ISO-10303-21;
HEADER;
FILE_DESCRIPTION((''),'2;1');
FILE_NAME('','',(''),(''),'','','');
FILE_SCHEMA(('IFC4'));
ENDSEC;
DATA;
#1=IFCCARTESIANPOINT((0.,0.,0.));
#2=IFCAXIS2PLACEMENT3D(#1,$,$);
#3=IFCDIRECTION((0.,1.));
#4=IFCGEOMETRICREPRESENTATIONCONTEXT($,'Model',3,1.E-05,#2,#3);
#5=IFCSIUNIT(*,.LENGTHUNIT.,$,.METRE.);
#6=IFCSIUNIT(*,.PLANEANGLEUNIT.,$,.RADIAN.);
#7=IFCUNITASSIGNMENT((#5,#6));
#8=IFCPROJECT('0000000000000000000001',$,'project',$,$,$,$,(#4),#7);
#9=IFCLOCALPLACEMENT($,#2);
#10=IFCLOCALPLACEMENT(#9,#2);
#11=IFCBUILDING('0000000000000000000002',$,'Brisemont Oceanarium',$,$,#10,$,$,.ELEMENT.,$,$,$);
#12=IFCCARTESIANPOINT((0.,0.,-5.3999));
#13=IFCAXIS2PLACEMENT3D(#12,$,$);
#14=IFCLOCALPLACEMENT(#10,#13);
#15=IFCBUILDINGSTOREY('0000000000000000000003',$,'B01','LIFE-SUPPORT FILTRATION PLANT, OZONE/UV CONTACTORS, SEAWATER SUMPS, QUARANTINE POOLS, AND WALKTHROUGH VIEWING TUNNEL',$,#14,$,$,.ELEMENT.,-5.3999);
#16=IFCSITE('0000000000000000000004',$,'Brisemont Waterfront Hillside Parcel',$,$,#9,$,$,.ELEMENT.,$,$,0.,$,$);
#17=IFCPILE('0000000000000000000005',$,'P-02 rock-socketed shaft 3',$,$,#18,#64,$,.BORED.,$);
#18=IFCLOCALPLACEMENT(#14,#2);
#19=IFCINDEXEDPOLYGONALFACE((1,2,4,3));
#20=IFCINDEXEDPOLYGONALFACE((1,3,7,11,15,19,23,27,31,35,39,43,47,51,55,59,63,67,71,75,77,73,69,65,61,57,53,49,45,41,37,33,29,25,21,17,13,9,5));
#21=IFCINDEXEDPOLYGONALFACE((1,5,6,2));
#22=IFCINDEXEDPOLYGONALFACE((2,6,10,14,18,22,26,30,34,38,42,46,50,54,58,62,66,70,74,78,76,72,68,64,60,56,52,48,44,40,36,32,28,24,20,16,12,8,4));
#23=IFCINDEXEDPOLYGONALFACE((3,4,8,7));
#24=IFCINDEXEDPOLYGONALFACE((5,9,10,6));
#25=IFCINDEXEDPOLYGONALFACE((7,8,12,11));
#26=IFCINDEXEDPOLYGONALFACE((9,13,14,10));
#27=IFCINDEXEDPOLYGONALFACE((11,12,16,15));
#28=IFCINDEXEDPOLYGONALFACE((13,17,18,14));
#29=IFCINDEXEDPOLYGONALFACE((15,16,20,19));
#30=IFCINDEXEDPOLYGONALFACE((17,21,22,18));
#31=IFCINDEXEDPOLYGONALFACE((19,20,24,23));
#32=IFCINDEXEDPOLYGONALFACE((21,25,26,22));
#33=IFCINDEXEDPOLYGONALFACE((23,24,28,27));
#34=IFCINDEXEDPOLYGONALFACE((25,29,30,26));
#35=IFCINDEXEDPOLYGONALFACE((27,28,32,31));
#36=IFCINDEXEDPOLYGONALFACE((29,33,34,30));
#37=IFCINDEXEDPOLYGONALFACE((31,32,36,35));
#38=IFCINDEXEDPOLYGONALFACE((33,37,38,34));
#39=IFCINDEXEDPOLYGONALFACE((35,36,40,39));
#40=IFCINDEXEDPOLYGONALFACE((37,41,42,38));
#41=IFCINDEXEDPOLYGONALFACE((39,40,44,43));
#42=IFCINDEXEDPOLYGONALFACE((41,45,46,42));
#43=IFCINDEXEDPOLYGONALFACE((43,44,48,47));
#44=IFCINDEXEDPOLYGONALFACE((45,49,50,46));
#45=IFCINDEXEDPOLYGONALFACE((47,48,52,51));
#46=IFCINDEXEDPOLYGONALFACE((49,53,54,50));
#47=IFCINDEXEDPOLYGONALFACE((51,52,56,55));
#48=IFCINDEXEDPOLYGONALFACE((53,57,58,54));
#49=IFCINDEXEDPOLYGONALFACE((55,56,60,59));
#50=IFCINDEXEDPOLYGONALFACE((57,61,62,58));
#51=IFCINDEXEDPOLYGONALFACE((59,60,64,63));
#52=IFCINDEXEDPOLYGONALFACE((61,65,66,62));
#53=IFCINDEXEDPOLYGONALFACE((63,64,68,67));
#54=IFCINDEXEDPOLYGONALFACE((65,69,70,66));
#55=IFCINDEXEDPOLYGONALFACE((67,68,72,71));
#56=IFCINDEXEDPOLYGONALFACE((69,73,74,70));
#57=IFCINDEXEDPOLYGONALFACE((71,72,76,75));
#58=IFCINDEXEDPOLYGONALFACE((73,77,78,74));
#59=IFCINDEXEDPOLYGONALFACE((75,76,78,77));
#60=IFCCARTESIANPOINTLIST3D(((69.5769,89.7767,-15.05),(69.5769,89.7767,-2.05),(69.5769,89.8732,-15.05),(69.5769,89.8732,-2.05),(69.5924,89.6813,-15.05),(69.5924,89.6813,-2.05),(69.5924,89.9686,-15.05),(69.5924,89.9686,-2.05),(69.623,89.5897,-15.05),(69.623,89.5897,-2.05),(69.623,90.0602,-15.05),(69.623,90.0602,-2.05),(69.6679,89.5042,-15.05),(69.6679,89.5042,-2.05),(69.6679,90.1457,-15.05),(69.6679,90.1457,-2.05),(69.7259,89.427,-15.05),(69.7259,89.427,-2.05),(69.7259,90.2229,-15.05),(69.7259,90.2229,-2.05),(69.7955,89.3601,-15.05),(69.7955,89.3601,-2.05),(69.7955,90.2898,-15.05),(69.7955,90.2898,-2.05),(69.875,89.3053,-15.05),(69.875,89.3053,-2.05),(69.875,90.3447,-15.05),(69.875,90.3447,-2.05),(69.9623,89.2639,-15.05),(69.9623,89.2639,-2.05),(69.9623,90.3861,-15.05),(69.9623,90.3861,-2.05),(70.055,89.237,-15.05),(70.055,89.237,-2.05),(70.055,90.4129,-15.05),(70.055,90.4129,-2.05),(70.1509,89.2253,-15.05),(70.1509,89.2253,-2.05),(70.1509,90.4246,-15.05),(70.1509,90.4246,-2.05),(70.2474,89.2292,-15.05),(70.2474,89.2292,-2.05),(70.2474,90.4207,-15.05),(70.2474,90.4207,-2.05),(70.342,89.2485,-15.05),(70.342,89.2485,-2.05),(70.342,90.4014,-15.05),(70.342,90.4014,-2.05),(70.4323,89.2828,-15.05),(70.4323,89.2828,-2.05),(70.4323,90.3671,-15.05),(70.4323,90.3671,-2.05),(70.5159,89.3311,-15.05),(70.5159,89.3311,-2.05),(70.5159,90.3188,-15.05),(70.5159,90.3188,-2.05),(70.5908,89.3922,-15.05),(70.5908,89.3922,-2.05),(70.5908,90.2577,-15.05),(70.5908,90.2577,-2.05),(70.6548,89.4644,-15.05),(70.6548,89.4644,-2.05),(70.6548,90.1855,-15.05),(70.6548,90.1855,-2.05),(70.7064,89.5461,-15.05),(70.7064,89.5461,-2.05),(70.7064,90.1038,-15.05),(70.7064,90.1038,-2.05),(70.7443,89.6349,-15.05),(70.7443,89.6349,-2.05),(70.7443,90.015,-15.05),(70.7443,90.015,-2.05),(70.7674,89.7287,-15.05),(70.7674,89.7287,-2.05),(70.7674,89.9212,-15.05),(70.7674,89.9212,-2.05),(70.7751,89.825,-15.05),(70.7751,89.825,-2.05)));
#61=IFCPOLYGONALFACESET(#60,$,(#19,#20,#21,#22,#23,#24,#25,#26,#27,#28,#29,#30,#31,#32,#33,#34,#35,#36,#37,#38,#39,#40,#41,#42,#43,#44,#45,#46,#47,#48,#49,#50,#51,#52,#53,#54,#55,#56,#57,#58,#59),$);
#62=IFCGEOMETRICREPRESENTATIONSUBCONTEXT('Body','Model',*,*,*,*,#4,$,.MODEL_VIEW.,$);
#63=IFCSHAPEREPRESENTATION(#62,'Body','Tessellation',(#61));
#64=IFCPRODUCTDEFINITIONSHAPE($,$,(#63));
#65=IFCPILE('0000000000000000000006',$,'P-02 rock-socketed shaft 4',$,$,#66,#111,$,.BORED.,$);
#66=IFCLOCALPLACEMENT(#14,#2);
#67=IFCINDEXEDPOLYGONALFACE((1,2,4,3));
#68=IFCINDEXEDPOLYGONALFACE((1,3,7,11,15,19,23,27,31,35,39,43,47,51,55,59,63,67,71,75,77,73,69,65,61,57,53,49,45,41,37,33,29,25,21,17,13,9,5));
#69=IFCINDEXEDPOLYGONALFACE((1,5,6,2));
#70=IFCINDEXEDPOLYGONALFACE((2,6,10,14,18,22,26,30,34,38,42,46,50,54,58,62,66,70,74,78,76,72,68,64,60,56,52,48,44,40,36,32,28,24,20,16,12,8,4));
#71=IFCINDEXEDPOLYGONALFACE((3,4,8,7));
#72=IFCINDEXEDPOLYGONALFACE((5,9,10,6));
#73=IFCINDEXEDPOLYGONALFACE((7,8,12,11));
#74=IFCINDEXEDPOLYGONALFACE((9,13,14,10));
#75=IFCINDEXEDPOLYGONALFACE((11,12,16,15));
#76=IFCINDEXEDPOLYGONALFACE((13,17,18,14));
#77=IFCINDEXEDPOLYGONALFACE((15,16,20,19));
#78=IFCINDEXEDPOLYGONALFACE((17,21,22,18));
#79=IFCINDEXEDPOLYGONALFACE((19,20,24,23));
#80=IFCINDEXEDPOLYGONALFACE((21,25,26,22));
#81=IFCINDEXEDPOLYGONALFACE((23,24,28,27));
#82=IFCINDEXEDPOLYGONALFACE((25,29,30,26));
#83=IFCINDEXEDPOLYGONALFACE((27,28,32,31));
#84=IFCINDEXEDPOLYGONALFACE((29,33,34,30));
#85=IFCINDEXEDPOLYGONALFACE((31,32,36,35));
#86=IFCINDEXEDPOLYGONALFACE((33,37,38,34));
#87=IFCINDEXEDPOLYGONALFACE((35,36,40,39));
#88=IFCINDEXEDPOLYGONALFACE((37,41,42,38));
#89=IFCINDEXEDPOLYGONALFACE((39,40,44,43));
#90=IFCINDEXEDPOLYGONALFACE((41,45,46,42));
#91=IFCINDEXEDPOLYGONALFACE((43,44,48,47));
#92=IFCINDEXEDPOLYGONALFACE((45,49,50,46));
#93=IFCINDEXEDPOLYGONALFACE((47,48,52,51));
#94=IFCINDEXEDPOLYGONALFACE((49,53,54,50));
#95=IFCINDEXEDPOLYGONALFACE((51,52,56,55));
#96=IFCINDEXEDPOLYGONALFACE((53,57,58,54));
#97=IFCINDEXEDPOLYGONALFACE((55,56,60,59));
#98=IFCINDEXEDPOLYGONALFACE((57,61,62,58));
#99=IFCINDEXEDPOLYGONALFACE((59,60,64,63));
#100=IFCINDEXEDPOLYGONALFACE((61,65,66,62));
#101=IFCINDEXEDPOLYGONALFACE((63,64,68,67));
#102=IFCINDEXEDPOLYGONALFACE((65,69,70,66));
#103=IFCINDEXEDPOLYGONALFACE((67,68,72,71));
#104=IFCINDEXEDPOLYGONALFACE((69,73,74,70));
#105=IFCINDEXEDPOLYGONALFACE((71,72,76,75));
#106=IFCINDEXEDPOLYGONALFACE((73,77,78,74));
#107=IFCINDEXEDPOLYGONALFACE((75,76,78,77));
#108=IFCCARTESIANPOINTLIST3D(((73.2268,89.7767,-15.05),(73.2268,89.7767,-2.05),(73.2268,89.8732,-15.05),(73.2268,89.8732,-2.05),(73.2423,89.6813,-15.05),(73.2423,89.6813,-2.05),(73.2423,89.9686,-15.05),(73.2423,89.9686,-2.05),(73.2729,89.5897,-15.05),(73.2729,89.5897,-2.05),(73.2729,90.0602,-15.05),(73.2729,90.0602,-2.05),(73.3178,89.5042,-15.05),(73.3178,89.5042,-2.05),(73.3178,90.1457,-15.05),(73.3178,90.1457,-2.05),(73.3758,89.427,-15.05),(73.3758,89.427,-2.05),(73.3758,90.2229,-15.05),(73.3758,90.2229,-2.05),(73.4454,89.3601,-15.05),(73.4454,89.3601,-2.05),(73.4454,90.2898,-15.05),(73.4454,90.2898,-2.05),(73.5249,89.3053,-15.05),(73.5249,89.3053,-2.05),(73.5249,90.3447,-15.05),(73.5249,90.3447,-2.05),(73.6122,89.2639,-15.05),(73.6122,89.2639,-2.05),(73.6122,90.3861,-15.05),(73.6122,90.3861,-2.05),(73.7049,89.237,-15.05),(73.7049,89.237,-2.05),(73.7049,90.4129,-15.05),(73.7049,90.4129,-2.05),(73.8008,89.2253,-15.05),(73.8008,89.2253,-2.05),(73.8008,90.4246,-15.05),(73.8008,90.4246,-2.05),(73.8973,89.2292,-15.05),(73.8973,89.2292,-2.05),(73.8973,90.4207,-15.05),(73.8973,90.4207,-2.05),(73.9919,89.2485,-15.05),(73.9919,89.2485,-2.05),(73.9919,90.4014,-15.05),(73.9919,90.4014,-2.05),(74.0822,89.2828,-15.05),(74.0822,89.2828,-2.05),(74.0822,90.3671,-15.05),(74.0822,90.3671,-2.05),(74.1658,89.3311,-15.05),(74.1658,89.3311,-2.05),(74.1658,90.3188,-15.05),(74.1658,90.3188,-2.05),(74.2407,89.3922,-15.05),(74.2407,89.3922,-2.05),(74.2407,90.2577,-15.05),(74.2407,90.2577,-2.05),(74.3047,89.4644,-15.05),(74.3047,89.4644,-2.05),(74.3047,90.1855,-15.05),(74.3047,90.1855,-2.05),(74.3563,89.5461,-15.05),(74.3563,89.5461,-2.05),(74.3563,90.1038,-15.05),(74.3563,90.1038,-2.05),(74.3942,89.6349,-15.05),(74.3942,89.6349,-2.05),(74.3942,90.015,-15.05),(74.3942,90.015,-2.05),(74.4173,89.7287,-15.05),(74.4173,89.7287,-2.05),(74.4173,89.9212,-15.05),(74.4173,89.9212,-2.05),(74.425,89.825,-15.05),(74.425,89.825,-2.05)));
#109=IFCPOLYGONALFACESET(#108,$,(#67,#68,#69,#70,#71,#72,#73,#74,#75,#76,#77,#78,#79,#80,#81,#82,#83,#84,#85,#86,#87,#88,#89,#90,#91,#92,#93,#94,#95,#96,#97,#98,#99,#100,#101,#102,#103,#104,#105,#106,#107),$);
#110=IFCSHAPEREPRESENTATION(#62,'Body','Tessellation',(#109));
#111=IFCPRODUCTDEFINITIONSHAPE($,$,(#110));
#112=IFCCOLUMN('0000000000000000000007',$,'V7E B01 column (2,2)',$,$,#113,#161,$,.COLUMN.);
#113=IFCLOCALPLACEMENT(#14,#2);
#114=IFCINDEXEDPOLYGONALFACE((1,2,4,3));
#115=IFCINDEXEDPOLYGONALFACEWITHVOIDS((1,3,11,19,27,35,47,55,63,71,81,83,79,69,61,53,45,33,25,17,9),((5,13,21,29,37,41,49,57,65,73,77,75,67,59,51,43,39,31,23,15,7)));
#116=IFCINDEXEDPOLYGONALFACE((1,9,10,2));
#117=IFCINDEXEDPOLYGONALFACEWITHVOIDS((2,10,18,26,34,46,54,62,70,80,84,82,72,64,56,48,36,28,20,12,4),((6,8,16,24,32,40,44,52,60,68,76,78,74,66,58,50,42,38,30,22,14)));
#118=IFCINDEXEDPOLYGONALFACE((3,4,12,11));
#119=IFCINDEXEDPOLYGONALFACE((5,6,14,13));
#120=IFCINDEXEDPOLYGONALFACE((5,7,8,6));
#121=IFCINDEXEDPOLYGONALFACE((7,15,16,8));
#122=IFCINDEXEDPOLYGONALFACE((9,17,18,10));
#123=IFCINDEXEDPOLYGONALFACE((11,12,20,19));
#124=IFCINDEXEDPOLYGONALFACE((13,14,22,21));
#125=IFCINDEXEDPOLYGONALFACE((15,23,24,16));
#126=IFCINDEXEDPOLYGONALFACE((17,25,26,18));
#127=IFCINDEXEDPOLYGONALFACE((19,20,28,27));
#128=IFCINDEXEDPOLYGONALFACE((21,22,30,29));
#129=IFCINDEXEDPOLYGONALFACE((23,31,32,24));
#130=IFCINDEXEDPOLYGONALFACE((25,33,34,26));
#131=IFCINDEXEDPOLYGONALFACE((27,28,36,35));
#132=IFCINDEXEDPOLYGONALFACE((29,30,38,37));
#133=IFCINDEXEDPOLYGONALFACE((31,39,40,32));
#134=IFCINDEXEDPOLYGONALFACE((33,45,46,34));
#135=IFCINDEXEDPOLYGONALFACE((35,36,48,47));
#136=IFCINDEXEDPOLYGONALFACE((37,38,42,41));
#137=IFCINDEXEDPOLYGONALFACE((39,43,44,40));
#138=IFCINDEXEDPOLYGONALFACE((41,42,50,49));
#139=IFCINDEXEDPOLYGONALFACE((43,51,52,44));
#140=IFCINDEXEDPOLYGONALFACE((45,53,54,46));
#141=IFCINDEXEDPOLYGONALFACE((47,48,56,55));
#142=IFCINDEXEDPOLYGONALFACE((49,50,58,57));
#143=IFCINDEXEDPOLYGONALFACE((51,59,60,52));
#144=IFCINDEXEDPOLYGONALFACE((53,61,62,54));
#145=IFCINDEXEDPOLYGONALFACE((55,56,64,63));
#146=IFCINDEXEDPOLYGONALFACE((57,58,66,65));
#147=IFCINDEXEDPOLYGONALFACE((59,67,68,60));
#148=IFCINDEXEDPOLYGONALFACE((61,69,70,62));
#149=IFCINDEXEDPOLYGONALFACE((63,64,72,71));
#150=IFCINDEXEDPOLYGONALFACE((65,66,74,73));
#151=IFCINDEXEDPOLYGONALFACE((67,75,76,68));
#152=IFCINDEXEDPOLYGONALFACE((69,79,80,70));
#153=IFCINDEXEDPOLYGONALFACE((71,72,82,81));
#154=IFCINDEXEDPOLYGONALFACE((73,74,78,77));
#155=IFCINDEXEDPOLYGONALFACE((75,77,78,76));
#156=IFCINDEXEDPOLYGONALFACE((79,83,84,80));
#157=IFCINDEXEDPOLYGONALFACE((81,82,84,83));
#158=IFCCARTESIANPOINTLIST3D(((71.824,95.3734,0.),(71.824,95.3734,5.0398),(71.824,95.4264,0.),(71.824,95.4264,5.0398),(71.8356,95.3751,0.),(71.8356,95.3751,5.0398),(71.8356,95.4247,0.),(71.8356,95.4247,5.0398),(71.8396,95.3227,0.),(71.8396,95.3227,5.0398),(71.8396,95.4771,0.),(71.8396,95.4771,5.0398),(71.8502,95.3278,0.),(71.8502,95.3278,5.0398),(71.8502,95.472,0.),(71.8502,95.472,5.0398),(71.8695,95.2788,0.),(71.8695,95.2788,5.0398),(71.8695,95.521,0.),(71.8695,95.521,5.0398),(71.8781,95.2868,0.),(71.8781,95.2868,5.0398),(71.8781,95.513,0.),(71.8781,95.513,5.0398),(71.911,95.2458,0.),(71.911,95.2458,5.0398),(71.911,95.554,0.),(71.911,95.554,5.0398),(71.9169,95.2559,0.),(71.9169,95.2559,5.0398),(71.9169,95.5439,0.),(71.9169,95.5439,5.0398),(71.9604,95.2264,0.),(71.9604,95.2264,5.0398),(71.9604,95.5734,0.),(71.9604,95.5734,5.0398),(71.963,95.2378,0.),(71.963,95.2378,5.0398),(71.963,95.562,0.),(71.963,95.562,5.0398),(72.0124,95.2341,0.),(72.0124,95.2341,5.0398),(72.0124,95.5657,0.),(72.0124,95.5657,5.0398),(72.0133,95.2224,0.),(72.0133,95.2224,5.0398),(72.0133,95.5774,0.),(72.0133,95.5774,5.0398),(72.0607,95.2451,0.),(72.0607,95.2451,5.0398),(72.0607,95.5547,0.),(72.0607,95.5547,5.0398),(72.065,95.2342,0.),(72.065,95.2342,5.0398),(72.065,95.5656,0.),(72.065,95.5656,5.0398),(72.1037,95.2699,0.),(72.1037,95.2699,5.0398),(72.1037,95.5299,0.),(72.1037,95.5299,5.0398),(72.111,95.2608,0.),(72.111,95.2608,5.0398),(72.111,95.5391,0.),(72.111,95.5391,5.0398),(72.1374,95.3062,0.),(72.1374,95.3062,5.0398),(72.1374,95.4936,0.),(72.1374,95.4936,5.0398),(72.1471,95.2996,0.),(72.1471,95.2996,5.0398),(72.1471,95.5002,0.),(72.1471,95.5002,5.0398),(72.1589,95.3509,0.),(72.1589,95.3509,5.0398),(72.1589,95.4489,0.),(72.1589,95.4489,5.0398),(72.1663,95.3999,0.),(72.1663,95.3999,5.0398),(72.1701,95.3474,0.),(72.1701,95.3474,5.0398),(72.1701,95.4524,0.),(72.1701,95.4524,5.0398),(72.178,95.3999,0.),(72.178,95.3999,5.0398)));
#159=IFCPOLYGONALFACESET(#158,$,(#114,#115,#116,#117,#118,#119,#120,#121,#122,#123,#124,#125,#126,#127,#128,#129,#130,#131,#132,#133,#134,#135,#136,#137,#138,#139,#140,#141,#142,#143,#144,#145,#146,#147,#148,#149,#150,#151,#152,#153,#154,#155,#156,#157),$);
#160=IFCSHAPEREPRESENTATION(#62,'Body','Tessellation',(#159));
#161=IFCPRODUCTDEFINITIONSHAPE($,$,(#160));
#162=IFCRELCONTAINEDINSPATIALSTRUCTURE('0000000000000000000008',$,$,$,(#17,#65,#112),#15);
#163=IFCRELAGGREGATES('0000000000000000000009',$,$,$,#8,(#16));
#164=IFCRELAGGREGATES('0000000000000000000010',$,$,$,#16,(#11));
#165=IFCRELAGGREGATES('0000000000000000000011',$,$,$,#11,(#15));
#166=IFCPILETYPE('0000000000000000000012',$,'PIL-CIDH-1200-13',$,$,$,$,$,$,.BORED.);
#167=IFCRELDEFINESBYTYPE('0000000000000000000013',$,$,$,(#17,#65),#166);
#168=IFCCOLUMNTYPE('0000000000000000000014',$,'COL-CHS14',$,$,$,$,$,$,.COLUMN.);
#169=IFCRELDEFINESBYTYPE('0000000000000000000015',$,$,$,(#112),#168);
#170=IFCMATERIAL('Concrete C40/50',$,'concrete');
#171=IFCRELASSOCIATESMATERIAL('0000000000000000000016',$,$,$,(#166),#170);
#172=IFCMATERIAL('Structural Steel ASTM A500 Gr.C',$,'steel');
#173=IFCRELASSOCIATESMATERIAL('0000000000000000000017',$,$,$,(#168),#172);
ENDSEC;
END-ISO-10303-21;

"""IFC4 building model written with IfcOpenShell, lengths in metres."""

from ifc_helpers import new_model, si_unit, direction, frame, origin, origin_2d, place, context, subcontext, project, spatial, circle, hollow_circle, extrude, material, material_profile, profile_set, type_object, element, save


model = new_model("IFC4")

# Units and contexts
model_context = context("Model", 3, precision=1e-05, world=origin(), true_north=direction((0.0, 1.0)))
body_context = subcontext(model_context, "Body", "Model", "MODEL_VIEW")
ifc_project = project(units=[si_unit("LENGTHUNIT", "METRE"), si_unit("PLANEANGLEUNIT", "RADIAN")], contexts=[model_context])

# Site, building, storey
site_placement = place(None, origin())
site = spatial("IfcSite", under=ifc_project, at=site_placement, Name="Brisemont Waterfront Hillside Parcel", CompositionType="ELEMENT", RefElevation=0.0)
building_placement = place(site_placement, origin())
building = spatial("IfcBuilding", under=site, at=building_placement, Name="Brisemont Oceanarium", CompositionType="ELEMENT")
storey_placement = place(building_placement, frame((0.0, 0.0, -5.3999)))
storey = spatial("IfcBuildingStorey", under=building, at=storey_placement, Name="B01", Description="LIFE-SUPPORT FILTRATION PLANT, OZONE/UV CONTACTORS, SEAWATER SUMPS, QUARANTINE POOLS, AND WALKTHROUGH VIEWING TUNNEL", CompositionType="ELEMENT", Elevation=-5.3999)

# Piles
ifc_material_1 = material(Name="Concrete C40/50", Category="concrete")
ifc_material_profile_1 = material_profile(ifc_material_1, circle(Radius=0.6001, at=origin_2d()), Name="CIDH-D1200")
ifc_profile_set_1 = profile_set([ifc_material_profile_1], Name="Concrete C40/50")
pile_type = type_object("IfcPileType", Name="PIL-CIDH-1200-13", PredefinedType="BORED", material=ifc_profile_set_1)
for number, where, z_axis, x_axis, name in (
    (1, (70.175, 89.825, -2.05), (0.0, 0.0, -1.0), (1.0, 0.0, 0.0), "P-02 rock-socketed shaft 3"),
    (2, (73.825, 89.825, -2.05), (0.0, 0.0, -1.0), (1.0, 0.0, 0.0), "P-02 rock-socketed shaft 4"),
):
    element("IfcPile", number, at=place(storey_placement, frame(where, z_axis=z_axis, x_axis=x_axis)), inside=storey, type_object=pile_type, Name=name, PredefinedType="BORED", context=body_context, shape_type="SweptSolid", body=[
        extrude(circle(Radius=0.6001, at=origin_2d()), origin(), (0.0, 0.0, 1.0), 13.0),
    ])

# Column
ifc_material_2 = material(Name="Structural Steel ASTM A500 Gr.C", Category="steel")
ifc_material_profile_2 = material_profile(ifc_material_2, hollow_circle(Radius=0.178, WallThickness=0.0117, at=origin_2d()), Name="HSS14.000X0.500")
ifc_profile_set_2 = profile_set([ifc_material_profile_2], Name="Structural Steel ASTM A500 Gr.C")
column_type_1 = type_object("IfcColumnType", Name="COL-CHS14", PredefinedType="COLUMN", material=ifc_profile_set_2)
column_1_placement = place(storey_placement, frame((72.0, 95.3999, 0.0), z_axis=(0.0, 0.0, 1.0), x_axis=(1.0, 0.0, 0.0)))
element("IfcColumn", 3, at=column_1_placement, inside=storey, type_object=column_type_1, Name="V7E B01 column (2,2)", PredefinedType="COLUMN", context=body_context, shape_type="SweptSolid", body=[
    extrude(hollow_circle(Radius=0.178, WallThickness=0.0117, at=origin_2d()), origin(), (0.0, 0.0, 1.0), 5.0398),
])

save(model, "model.ifc")
